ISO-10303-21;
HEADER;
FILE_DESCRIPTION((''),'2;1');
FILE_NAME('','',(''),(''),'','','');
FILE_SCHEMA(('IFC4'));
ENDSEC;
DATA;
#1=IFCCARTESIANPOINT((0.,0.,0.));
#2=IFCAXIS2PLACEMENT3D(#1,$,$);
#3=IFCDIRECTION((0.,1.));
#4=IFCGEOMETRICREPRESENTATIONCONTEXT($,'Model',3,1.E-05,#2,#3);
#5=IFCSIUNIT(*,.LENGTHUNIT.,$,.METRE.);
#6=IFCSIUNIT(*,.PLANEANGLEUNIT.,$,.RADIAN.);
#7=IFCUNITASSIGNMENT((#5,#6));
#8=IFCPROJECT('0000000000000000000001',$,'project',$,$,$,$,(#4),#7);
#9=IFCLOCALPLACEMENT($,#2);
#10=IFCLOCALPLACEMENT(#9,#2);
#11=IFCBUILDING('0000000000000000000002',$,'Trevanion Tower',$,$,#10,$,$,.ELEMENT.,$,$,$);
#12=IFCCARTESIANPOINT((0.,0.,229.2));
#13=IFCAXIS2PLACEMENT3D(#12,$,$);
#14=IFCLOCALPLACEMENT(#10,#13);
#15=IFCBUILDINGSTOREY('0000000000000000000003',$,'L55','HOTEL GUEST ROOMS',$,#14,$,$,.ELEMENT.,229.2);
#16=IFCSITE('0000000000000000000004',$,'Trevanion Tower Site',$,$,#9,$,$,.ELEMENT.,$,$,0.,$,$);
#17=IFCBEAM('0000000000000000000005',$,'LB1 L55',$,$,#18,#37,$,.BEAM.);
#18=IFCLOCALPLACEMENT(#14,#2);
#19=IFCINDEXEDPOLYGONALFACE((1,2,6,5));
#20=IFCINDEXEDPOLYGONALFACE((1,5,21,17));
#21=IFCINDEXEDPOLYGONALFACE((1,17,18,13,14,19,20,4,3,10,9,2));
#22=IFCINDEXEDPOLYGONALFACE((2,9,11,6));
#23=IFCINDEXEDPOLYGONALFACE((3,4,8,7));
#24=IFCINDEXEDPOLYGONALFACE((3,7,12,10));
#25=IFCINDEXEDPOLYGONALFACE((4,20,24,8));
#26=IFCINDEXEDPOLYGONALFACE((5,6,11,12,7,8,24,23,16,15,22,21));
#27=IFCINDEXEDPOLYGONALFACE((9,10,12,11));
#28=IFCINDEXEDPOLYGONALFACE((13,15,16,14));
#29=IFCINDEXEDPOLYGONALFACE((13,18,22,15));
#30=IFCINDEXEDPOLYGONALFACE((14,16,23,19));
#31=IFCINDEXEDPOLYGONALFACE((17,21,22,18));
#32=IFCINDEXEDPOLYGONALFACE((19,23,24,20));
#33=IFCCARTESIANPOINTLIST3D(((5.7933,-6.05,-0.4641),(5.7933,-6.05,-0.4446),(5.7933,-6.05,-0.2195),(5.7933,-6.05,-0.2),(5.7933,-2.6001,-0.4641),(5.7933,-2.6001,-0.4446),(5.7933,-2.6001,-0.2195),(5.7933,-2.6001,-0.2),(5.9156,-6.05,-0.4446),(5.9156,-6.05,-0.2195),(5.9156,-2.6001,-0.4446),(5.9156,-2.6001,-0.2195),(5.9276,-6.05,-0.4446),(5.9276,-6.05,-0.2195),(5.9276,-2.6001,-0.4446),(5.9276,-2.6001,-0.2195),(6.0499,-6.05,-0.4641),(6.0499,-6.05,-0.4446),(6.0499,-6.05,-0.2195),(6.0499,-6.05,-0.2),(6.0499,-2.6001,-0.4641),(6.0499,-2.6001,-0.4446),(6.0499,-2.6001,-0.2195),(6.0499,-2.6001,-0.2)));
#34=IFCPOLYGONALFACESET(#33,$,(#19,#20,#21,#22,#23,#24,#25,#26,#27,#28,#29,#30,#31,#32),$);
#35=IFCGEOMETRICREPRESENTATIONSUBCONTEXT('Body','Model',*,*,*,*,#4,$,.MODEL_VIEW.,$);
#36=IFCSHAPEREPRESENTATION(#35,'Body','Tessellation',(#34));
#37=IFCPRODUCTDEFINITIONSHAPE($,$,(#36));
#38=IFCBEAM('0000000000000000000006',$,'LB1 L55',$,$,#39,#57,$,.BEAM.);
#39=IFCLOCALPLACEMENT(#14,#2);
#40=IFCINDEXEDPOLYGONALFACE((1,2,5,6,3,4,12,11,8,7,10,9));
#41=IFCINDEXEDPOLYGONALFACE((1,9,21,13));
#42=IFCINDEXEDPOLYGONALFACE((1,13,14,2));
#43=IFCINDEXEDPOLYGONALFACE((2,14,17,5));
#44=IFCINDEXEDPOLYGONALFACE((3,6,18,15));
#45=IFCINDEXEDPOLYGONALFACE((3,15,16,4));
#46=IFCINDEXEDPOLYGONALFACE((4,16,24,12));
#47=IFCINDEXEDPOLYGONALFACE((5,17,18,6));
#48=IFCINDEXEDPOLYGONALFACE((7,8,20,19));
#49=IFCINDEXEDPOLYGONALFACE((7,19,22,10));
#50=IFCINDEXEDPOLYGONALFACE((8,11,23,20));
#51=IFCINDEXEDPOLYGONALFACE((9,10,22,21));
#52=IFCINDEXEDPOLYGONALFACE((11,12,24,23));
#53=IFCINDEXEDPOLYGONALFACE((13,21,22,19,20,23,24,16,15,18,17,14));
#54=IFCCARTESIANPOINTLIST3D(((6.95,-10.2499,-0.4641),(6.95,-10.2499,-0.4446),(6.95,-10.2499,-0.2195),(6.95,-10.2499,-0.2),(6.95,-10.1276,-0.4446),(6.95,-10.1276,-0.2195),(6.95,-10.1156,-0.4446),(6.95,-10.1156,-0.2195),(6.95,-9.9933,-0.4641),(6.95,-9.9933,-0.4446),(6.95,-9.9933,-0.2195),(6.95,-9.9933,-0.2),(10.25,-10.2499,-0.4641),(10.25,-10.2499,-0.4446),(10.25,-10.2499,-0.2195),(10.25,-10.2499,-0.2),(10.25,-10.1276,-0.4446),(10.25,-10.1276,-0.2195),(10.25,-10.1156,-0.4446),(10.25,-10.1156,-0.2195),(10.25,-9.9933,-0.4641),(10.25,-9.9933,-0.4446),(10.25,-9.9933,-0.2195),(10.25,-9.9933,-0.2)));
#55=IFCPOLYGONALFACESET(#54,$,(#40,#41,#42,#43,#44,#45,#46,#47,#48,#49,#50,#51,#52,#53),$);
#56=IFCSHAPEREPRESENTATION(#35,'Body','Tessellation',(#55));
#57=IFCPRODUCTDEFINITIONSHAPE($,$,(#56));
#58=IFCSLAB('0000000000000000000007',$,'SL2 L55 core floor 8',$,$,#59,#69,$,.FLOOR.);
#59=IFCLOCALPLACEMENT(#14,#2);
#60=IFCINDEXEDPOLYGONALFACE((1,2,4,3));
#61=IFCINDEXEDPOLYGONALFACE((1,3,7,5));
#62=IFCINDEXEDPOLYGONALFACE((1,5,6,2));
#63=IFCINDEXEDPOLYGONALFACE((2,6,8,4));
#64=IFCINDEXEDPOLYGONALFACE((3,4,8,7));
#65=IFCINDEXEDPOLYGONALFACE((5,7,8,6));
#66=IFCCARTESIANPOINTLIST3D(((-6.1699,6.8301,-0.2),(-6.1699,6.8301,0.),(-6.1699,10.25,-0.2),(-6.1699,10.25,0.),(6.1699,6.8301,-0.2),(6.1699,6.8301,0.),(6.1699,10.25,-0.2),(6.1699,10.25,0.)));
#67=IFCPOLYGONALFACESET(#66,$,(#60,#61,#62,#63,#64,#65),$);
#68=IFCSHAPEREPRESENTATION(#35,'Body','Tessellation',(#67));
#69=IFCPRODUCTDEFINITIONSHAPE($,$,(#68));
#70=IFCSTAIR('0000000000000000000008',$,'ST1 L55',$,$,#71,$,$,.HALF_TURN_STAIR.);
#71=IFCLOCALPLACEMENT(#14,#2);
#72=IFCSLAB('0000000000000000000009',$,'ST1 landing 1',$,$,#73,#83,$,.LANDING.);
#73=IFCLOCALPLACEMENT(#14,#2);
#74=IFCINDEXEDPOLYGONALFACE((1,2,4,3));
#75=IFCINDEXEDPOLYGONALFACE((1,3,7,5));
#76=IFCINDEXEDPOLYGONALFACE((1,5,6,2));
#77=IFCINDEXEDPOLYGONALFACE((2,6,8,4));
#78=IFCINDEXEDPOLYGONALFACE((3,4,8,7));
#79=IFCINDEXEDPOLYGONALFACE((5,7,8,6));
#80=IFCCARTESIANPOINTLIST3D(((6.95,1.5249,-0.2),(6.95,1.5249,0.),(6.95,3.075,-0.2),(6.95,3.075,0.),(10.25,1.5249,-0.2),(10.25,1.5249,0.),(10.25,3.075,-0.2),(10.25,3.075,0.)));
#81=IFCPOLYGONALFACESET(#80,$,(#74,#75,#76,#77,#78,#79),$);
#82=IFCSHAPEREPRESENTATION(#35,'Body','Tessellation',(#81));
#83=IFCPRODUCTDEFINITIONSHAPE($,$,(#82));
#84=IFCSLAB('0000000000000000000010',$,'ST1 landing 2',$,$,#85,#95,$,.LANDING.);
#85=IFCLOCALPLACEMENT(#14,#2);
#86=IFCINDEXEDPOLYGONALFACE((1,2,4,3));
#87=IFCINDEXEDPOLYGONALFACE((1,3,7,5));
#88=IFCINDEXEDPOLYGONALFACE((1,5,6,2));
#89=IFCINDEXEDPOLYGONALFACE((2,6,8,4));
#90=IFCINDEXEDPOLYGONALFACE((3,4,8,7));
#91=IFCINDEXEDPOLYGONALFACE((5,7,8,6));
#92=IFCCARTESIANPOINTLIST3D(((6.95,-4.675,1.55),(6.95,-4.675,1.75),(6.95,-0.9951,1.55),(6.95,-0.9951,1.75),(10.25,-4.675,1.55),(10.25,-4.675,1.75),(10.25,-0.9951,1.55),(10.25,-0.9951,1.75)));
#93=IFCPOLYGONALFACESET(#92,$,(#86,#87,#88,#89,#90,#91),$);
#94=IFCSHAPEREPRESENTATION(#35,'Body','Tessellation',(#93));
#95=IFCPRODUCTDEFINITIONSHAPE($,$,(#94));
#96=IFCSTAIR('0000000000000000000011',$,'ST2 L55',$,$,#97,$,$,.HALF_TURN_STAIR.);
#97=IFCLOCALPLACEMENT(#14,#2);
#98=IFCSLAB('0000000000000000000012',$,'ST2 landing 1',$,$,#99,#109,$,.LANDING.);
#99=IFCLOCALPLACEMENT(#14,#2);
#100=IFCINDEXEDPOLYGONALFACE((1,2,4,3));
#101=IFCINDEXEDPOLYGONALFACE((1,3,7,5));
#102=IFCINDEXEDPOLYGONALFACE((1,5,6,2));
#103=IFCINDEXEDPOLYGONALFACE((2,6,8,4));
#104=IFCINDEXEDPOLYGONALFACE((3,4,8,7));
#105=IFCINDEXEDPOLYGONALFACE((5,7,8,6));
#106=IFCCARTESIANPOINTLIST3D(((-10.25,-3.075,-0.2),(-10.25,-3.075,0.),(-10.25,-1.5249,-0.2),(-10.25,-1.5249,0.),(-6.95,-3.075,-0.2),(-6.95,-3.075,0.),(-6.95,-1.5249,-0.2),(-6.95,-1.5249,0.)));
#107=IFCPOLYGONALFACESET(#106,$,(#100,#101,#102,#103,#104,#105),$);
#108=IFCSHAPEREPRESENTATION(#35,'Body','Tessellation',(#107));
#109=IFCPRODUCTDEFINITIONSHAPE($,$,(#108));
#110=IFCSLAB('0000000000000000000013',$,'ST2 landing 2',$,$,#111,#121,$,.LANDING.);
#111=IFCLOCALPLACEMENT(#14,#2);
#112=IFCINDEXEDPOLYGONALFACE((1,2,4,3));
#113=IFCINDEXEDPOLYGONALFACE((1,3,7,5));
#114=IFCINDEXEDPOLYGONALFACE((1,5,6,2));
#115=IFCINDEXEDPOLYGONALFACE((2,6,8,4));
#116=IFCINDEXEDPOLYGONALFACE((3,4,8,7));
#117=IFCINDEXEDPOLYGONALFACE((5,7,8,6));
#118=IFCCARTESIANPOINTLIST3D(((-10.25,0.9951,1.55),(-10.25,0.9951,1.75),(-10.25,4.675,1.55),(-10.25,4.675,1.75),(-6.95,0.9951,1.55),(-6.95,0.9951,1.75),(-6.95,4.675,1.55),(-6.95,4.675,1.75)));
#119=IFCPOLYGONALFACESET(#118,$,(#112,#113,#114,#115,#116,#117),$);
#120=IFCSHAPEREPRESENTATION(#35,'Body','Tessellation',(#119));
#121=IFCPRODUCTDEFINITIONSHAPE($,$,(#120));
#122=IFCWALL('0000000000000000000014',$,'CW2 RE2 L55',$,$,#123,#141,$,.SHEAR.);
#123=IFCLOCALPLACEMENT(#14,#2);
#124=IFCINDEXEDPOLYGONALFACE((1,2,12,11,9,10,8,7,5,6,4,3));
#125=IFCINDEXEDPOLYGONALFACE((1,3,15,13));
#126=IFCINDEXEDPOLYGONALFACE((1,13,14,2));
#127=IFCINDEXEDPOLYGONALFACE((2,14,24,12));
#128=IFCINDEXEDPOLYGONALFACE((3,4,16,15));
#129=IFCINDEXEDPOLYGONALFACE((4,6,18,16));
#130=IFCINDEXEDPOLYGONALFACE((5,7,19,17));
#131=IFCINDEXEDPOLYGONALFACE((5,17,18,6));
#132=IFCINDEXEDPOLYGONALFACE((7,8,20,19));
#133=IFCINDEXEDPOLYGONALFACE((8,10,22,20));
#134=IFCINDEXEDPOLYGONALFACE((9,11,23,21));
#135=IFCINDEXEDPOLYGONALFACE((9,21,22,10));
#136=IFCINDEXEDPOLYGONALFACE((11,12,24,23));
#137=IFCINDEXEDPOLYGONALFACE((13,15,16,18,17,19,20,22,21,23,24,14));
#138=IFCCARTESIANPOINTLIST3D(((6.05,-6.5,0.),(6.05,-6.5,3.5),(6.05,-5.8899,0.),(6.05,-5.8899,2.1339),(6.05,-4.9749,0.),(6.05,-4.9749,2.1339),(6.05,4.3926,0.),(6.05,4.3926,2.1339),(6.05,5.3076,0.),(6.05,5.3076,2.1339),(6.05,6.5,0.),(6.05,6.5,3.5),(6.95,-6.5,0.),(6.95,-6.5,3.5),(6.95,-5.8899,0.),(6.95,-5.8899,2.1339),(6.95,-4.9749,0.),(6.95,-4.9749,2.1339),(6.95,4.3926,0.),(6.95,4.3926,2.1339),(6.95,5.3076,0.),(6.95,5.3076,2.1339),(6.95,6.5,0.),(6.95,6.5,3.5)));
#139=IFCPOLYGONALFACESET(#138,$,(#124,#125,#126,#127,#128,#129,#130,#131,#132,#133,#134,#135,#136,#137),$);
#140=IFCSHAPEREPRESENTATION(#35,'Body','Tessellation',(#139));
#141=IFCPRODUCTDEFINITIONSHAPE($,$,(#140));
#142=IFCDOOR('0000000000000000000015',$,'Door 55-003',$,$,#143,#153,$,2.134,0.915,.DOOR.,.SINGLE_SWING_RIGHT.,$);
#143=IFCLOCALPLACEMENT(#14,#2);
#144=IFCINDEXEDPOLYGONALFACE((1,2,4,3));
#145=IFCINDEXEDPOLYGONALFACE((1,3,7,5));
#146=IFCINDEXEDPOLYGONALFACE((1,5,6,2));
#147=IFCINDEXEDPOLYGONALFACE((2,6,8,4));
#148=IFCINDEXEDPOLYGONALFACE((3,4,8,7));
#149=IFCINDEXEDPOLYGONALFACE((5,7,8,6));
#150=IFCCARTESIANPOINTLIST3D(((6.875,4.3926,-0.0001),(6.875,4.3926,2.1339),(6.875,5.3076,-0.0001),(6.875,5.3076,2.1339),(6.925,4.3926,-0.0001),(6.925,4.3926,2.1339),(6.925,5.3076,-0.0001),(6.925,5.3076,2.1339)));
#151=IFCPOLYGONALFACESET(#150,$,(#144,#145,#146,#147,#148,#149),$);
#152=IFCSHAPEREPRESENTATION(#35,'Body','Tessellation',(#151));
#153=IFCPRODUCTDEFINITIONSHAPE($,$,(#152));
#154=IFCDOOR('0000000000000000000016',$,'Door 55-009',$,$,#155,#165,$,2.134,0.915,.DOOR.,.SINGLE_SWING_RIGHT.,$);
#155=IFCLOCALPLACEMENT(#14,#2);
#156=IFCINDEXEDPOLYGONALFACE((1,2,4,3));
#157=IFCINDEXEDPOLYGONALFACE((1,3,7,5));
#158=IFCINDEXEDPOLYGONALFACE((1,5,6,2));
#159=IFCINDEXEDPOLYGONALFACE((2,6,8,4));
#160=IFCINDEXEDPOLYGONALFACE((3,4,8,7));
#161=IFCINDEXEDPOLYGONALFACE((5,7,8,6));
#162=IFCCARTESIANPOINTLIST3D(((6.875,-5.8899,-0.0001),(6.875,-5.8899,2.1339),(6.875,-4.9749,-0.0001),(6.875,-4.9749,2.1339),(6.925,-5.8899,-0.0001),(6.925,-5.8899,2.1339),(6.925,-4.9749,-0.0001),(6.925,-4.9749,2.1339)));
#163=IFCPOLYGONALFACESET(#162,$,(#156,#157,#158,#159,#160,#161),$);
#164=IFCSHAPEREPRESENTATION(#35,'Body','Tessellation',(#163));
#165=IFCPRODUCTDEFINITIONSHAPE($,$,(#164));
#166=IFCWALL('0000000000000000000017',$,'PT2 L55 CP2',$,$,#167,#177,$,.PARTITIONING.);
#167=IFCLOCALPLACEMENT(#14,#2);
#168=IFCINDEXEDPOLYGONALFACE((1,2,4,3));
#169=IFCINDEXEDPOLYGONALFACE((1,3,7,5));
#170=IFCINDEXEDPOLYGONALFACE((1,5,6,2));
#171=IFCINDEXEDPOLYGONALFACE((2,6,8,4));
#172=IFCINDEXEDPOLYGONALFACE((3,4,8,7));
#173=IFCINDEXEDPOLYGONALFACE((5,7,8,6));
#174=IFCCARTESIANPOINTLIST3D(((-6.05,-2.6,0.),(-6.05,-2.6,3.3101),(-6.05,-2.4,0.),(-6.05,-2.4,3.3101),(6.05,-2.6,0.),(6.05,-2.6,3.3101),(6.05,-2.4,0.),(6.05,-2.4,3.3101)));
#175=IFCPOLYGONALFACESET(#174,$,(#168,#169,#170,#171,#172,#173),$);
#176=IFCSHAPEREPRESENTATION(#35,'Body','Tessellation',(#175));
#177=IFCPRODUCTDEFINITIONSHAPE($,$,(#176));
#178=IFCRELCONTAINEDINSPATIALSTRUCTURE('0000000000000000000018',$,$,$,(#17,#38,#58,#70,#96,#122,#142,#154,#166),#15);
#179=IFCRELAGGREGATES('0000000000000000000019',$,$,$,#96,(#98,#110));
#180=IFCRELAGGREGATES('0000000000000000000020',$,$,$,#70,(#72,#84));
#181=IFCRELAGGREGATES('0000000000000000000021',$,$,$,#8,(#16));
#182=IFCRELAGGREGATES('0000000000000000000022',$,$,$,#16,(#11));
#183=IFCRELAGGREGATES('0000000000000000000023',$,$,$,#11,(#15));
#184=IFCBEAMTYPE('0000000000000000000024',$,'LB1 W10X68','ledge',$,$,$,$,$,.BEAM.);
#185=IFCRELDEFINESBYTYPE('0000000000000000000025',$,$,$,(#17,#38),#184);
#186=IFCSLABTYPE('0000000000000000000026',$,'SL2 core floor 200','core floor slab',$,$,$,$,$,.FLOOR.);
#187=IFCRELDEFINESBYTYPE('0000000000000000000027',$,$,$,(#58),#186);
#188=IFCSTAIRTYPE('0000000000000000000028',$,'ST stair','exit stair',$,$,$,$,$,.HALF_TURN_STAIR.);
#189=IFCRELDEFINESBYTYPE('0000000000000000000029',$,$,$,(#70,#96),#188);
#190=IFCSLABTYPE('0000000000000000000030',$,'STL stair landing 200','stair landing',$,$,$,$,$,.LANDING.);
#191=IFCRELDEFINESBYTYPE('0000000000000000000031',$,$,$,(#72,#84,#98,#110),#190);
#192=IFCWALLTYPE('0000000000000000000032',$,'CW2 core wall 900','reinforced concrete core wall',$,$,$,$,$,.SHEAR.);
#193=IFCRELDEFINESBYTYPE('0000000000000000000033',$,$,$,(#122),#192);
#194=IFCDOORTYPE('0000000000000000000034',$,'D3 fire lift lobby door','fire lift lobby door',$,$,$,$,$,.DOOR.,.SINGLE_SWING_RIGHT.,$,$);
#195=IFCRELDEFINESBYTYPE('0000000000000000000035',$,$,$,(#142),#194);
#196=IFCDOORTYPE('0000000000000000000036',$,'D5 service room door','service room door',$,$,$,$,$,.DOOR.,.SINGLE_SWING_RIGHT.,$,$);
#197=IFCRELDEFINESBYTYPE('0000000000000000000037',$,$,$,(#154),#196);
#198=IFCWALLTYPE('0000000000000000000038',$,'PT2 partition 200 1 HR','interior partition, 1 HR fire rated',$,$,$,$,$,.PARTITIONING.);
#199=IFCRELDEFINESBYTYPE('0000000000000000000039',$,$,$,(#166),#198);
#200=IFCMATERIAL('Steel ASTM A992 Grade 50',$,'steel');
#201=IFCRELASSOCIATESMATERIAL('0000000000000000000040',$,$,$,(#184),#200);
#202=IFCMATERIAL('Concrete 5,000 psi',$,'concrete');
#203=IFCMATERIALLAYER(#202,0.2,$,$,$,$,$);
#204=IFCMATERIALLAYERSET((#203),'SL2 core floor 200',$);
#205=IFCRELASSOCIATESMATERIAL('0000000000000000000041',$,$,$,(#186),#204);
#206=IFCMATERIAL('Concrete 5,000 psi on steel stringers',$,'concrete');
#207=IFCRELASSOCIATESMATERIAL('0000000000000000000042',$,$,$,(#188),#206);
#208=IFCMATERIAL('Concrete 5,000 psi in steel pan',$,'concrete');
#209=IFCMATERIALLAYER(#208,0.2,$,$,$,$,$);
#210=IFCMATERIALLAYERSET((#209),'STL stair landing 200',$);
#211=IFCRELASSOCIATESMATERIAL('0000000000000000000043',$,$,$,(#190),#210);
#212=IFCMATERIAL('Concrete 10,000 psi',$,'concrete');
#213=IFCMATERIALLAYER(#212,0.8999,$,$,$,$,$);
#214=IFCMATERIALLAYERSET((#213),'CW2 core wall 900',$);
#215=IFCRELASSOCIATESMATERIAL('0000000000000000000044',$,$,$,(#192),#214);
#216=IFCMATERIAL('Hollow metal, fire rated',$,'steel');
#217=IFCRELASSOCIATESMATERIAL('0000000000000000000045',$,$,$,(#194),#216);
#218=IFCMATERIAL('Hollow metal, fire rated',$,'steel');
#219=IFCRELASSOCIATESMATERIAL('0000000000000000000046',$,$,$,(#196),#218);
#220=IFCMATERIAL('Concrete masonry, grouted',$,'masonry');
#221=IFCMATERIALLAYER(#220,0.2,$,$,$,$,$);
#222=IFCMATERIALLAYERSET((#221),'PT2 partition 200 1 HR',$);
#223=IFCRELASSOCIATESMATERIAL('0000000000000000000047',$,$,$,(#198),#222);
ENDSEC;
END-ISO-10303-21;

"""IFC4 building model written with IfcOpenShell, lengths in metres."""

from ifc_helpers import new_model, si_unit, direction, frame, frame_2d, origin, origin_2d, place, context, subcontext, project, spatial, polyline, rectangle, i_section, outline, extrude, material, layer, layer_set, material_profile, profile_set, type_object, element, fill, aggregate, save


model = new_model("IFC4")

# Units and contexts
model_context = context("Model", 3, precision=1e-05, world=origin(), true_north=direction((0.0, 1.0)))
body_context = subcontext(model_context, "Body", "Model", "MODEL_VIEW")
ifc_project = project(units=[si_unit("LENGTHUNIT", "METRE"), si_unit("PLANEANGLEUNIT", "RADIAN")], contexts=[model_context])

# Site, building, storey
site_placement = place(None, origin())
site = spatial("IfcSite", under=ifc_project, at=site_placement, Name="Trevanion Tower Site", CompositionType="ELEMENT", RefElevation=0.0)
building_placement = place(site_placement, origin())
building = spatial("IfcBuilding", under=site, at=building_placement, Name="Trevanion Tower", CompositionType="ELEMENT")
storey_placement = place(building_placement, frame((0.0, 0.0, 229.2)))
storey = spatial("IfcBuildingStorey", under=building, at=storey_placement, Name="L55", Description="HOTEL GUEST ROOMS", CompositionType="ELEMENT", Elevation=229.2)

# Beams
ifc_material_1 = material(Name="Steel ASTM A992 Grade 50", Category="steel")
ifc_material_profile = material_profile(ifc_material_1, i_section(OverallWidth=0.2566, OverallDepth=0.2642, WebThickness=0.012, FlangeThickness=0.0195, at=origin_2d()), Name="W10X68")
ifc_profile_set = profile_set([ifc_material_profile], Name="Steel ASTM A992 Grade 50")
beam_type = type_object("IfcBeamType", Name="LB1 W10X68", Description="ledge", PredefinedType="BEAM", material=ifc_profile_set)
beam_1_placement = place(storey_placement, frame((5.9216, -6.05, -0.332), z_axis=(0.0, 1.0, 0.0), x_axis=(-1.0, 0.0, 0.0)))
element("IfcBeam", 1, at=beam_1_placement, inside=storey, type_object=beam_type, Name="LB1 L55", PredefinedType="BEAM", context=body_context, shape_type="SweptSolid", body=[
    extrude(i_section(OverallWidth=0.2566, OverallDepth=0.2642, WebThickness=0.012, FlangeThickness=0.0195, at=origin_2d()), origin(), (0.0, 0.0, 1.0), 3.45),
])
beam_2_placement = place(storey_placement, frame((6.95, -10.1216, -0.332), z_axis=(1.0, 0.0, 0.0), x_axis=(0.0, 1.0, 0.0)))
element("IfcBeam", 2, at=beam_2_placement, inside=storey, type_object=beam_type, Name="LB1 L55", PredefinedType="BEAM", context=body_context, shape_type="SweptSolid", body=[
    extrude(i_section(OverallWidth=0.2566, OverallDepth=0.2642, WebThickness=0.012, FlangeThickness=0.0195, at=origin_2d()), origin(), (0.0, 0.0, 1.0), 3.3),
])

# Slab
ifc_material_2 = material(Name="Concrete 5,000 psi", Category="concrete")
ifc_layer_1 = layer(ifc_material_2, 0.2)
ifc_layer_set_1 = layer_set([ifc_layer_1], Name="SL2 core floor 200")
slab_type_1 = type_object("IfcSlabType", Name="SL2 core floor 200", Description="core floor slab", PredefinedType="FLOOR", material=ifc_layer_set_1)
slab_1_placement = place(storey_placement, frame((0.0, 0.0, -0.2)))
element("IfcSlab", 3, at=slab_1_placement, inside=storey, type_object=slab_type_1, Name="SL2 L55 core floor 8", PredefinedType="FLOOR", context=body_context, shape_type="SweptSolid", body=[
    extrude(outline(polyline([(6.1699, 6.8301), (-6.1699, 6.8301), (-6.1699, 10.25), (6.1699, 10.25), (6.1699, 6.8301)])), origin(), (0.0, 0.0, 1.0), 0.2),
])

# Stairs, slabs
ifc_material_3 = material(Name="Concrete 5,000 psi on steel stringers", Category="concrete")
stair_type = type_object("IfcStairType", Name="ST stair", Description="exit stair", PredefinedType="HALF_TURN_STAIR", material=ifc_material_3)
stair_1_placement = place(storey_placement, origin())
stair_1 = element("IfcStair", 4, at=stair_1_placement, inside=storey, type_object=stair_type, Name="ST1 L55", PredefinedType="HALF_TURN_STAIR")
ifc_material_4 = material(Name="Concrete 5,000 psi in steel pan", Category="concrete")
ifc_layer_2 = layer(ifc_material_4, 0.2)
ifc_layer_set_2 = layer_set([ifc_layer_2], Name="STL stair landing 200")
slab_type_2 = type_object("IfcSlabType", Name="STL stair landing 200", Description="stair landing", PredefinedType="LANDING", material=ifc_layer_set_2)
slab_2_placement = place(storey_placement, frame((0.0, 0.0, -0.2)))
slab_2 = element("IfcSlab", 5, at=slab_2_placement, type_object=slab_type_2, Name="ST1 landing 1", PredefinedType="LANDING", context=body_context, shape_type="SweptSolid", body=[
    extrude(outline(polyline([(6.95, 1.5249), (10.25, 1.5249), (10.25, 3.075), (6.95, 3.075), (6.95, 1.5249)])), origin(), (0.0, 0.0, 1.0), 0.2),
])
slab_3_placement = place(storey_placement, frame((0.0, 0.0, 1.55)))
slab_3 = element("IfcSlab", 6, at=slab_3_placement, type_object=slab_type_2, Name="ST1 landing 2", PredefinedType="LANDING", context=body_context, shape_type="SweptSolid", body=[
    extrude(outline(polyline([(6.95, -4.675), (10.25, -4.675), (10.25, -0.9951), (6.95, -0.9951), (6.95, -4.675)])), origin(), (0.0, 0.0, 1.0), 0.2),
])
stair_2_placement = place(storey_placement, origin())
stair_2 = element("IfcStair", 7, at=stair_2_placement, inside=storey, type_object=stair_type, Name="ST2 L55", PredefinedType="HALF_TURN_STAIR")
slab_4_placement = place(storey_placement, frame((0.0, 0.0, -0.2)))
slab_4 = element("IfcSlab", 8, at=slab_4_placement, type_object=slab_type_2, Name="ST2 landing 1", PredefinedType="LANDING", context=body_context, shape_type="SweptSolid", body=[
    extrude(outline(polyline([(-6.95, -1.5249), (-10.25, -1.5249), (-10.25, -3.075), (-6.95, -3.075), (-6.95, -1.5249)])), origin(), (0.0, 0.0, 1.0), 0.2),
])
slab_5_placement = place(storey_placement, frame((0.0, 0.0, 1.55)))
slab_5 = element("IfcSlab", 9, at=slab_5_placement, type_object=slab_type_2, Name="ST2 landing 2", PredefinedType="LANDING", context=body_context, shape_type="SweptSolid", body=[
    extrude(outline(polyline([(-6.95, 4.675), (-10.25, 4.675), (-10.25, 0.9951), (-6.95, 0.9951), (-6.95, 4.675)])), origin(), (0.0, 0.0, 1.0), 0.2),
])
aggregate(stair_2, [slab_4, slab_5])

# Wall, openings, doors
ifc_material_5 = material(Name="Concrete 10,000 psi", Category="concrete")
ifc_layer_3 = layer(ifc_material_5, 0.8999)
ifc_layer_set_3 = layer_set([ifc_layer_3], Name="CW2 core wall 900")
wall_type_1 = type_object("IfcWallType", Name="CW2 core wall 900", Description="reinforced concrete core wall", PredefinedType="SHEAR", material=ifc_layer_set_3)
wall_1_placement = place(storey_placement, frame((6.5, -6.5, 0.0), z_axis=(0.0, 0.0, 1.0), x_axis=(0.0, 1.0, 0.0)))
wall_1 = element("IfcWall", 10, at=wall_1_placement, inside=storey, type_object=wall_type_1, Name="CW2 RE2 L55", PredefinedType="SHEAR", context=body_context, shape_type="SweptSolid", body=[
    extrude(rectangle(XDim=13.0, YDim=0.8999, at=frame_2d((6.5, 0.0))), origin(), (0.0, 0.0, 1.0), 3.5),
])
opening_1_placement = place(wall_1_placement, frame((10.8926, 0.0, 0.0)))
opening_1 = element("IfcOpeningElement", 11, at=opening_1_placement, cuts=wall_1, PredefinedType="OPENING", context=body_context, shape_type="SweptSolid", body=[
    extrude(rectangle(XDim=0.915, YDim=2.134, at=frame_2d((0.4575, 1.0669))), frame((0.0, 0.46, 0.0), z_axis=(0.0, -1.0, 0.0), x_axis=(1.0, 0.0, 0.0)), (0.0, 0.0, 1.0), 0.9199),
])
opening_2_placement = place(wall_1_placement, frame((0.6101, 0.0, 0.0)))
opening_2 = element("IfcOpeningElement", 12, at=opening_2_placement, cuts=wall_1, PredefinedType="OPENING", context=body_context, shape_type="SweptSolid", body=[
    extrude(rectangle(XDim=0.915, YDim=2.134, at=frame_2d((0.4575, 1.0669))), frame((0.0, 0.46, 0.0), z_axis=(0.0, -1.0, 0.0), x_axis=(1.0, 0.0, 0.0)), (0.0, 0.0, 1.0), 0.9199),
])
ifc_material_6 = material(Name="Hollow metal, fire rated", Category="steel")
door_type_1 = type_object("IfcDoorType", Name="D3 fire lift lobby door", Description="fire lift lobby door", OperationType="SINGLE_SWING_RIGHT", PredefinedType="DOOR", material=ifc_material_6)
door_1_placement = place(opening_1_placement, origin())
door_1 = element("IfcDoor", 13, at=door_1_placement, inside=storey, type_object=door_type_1, Name="Door 55-003", OperationType="SINGLE_SWING_RIGHT", OverallHeight=2.134, OverallWidth=0.915, PredefinedType="DOOR", context=body_context, shape_type="SweptSolid", body=[
    extrude(rectangle(XDim=0.915, YDim=2.134, at=frame_2d((0.4575, 1.0669))), frame((0.0, -0.375, 0.0), z_axis=(0.0, -1.0, 0.0), x_axis=(1.0, 0.0, 0.0)), (0.0, 0.0, 1.0), 0.05),
])
fill(opening_1, door_1)
ifc_material_7 = material(Name="Hollow metal, fire rated", Category="steel")
door_type_2 = type_object("IfcDoorType", Name="D5 service room door", Description="service room door", OperationType="SINGLE_SWING_RIGHT", PredefinedType="DOOR", material=ifc_material_7)
door_2_placement = place(opening_2_placement, origin())
door_2 = element("IfcDoor", 14, at=door_2_placement, inside=storey, type_object=door_type_2, Name="Door 55-009", OperationType="SINGLE_SWING_RIGHT", OverallHeight=2.134, OverallWidth=0.915, PredefinedType="DOOR", context=body_context, shape_type="SweptSolid", body=[
    extrude(rectangle(XDim=0.915, YDim=2.134, at=frame_2d((0.4575, 1.0669))), frame((0.0, -0.375, 0.0), z_axis=(0.0, -1.0, 0.0), x_axis=(1.0, 0.0, 0.0)), (0.0, 0.0, 1.0), 0.05),
])
fill(opening_2, door_2)

# Wall
ifc_material_8 = material(Name="Concrete masonry, grouted", Category="masonry")
ifc_layer_4 = layer(ifc_material_8, 0.2)
ifc_layer_set_4 = layer_set([ifc_layer_4], Name="PT2 partition 200 1 HR")
wall_type_2 = type_object("IfcWallType", Name="PT2 partition 200 1 HR", Description="interior partition, 1 HR fire rated", PredefinedType="PARTITIONING", material=ifc_layer_set_4)
wall_2_placement = place(storey_placement, frame((6.05, -2.5, 0.0), z_axis=(0.0, 0.0, 1.0), x_axis=(-1.0, 0.0, 0.0)))
element("IfcWall", 15, at=wall_2_placement, inside=storey, type_object=wall_type_2, Name="PT2 L55 CP2", PredefinedType="PARTITIONING", context=body_context, shape_type="SweptSolid", body=[
    extrude(rectangle(XDim=12.1001, YDim=0.2, at=frame_2d((6.05, 0.0))), origin(), (0.0, 0.0, 1.0), 3.3101),
])

aggregate(stair_1, [slab_2, slab_3])

save(model, "model.ifc")
